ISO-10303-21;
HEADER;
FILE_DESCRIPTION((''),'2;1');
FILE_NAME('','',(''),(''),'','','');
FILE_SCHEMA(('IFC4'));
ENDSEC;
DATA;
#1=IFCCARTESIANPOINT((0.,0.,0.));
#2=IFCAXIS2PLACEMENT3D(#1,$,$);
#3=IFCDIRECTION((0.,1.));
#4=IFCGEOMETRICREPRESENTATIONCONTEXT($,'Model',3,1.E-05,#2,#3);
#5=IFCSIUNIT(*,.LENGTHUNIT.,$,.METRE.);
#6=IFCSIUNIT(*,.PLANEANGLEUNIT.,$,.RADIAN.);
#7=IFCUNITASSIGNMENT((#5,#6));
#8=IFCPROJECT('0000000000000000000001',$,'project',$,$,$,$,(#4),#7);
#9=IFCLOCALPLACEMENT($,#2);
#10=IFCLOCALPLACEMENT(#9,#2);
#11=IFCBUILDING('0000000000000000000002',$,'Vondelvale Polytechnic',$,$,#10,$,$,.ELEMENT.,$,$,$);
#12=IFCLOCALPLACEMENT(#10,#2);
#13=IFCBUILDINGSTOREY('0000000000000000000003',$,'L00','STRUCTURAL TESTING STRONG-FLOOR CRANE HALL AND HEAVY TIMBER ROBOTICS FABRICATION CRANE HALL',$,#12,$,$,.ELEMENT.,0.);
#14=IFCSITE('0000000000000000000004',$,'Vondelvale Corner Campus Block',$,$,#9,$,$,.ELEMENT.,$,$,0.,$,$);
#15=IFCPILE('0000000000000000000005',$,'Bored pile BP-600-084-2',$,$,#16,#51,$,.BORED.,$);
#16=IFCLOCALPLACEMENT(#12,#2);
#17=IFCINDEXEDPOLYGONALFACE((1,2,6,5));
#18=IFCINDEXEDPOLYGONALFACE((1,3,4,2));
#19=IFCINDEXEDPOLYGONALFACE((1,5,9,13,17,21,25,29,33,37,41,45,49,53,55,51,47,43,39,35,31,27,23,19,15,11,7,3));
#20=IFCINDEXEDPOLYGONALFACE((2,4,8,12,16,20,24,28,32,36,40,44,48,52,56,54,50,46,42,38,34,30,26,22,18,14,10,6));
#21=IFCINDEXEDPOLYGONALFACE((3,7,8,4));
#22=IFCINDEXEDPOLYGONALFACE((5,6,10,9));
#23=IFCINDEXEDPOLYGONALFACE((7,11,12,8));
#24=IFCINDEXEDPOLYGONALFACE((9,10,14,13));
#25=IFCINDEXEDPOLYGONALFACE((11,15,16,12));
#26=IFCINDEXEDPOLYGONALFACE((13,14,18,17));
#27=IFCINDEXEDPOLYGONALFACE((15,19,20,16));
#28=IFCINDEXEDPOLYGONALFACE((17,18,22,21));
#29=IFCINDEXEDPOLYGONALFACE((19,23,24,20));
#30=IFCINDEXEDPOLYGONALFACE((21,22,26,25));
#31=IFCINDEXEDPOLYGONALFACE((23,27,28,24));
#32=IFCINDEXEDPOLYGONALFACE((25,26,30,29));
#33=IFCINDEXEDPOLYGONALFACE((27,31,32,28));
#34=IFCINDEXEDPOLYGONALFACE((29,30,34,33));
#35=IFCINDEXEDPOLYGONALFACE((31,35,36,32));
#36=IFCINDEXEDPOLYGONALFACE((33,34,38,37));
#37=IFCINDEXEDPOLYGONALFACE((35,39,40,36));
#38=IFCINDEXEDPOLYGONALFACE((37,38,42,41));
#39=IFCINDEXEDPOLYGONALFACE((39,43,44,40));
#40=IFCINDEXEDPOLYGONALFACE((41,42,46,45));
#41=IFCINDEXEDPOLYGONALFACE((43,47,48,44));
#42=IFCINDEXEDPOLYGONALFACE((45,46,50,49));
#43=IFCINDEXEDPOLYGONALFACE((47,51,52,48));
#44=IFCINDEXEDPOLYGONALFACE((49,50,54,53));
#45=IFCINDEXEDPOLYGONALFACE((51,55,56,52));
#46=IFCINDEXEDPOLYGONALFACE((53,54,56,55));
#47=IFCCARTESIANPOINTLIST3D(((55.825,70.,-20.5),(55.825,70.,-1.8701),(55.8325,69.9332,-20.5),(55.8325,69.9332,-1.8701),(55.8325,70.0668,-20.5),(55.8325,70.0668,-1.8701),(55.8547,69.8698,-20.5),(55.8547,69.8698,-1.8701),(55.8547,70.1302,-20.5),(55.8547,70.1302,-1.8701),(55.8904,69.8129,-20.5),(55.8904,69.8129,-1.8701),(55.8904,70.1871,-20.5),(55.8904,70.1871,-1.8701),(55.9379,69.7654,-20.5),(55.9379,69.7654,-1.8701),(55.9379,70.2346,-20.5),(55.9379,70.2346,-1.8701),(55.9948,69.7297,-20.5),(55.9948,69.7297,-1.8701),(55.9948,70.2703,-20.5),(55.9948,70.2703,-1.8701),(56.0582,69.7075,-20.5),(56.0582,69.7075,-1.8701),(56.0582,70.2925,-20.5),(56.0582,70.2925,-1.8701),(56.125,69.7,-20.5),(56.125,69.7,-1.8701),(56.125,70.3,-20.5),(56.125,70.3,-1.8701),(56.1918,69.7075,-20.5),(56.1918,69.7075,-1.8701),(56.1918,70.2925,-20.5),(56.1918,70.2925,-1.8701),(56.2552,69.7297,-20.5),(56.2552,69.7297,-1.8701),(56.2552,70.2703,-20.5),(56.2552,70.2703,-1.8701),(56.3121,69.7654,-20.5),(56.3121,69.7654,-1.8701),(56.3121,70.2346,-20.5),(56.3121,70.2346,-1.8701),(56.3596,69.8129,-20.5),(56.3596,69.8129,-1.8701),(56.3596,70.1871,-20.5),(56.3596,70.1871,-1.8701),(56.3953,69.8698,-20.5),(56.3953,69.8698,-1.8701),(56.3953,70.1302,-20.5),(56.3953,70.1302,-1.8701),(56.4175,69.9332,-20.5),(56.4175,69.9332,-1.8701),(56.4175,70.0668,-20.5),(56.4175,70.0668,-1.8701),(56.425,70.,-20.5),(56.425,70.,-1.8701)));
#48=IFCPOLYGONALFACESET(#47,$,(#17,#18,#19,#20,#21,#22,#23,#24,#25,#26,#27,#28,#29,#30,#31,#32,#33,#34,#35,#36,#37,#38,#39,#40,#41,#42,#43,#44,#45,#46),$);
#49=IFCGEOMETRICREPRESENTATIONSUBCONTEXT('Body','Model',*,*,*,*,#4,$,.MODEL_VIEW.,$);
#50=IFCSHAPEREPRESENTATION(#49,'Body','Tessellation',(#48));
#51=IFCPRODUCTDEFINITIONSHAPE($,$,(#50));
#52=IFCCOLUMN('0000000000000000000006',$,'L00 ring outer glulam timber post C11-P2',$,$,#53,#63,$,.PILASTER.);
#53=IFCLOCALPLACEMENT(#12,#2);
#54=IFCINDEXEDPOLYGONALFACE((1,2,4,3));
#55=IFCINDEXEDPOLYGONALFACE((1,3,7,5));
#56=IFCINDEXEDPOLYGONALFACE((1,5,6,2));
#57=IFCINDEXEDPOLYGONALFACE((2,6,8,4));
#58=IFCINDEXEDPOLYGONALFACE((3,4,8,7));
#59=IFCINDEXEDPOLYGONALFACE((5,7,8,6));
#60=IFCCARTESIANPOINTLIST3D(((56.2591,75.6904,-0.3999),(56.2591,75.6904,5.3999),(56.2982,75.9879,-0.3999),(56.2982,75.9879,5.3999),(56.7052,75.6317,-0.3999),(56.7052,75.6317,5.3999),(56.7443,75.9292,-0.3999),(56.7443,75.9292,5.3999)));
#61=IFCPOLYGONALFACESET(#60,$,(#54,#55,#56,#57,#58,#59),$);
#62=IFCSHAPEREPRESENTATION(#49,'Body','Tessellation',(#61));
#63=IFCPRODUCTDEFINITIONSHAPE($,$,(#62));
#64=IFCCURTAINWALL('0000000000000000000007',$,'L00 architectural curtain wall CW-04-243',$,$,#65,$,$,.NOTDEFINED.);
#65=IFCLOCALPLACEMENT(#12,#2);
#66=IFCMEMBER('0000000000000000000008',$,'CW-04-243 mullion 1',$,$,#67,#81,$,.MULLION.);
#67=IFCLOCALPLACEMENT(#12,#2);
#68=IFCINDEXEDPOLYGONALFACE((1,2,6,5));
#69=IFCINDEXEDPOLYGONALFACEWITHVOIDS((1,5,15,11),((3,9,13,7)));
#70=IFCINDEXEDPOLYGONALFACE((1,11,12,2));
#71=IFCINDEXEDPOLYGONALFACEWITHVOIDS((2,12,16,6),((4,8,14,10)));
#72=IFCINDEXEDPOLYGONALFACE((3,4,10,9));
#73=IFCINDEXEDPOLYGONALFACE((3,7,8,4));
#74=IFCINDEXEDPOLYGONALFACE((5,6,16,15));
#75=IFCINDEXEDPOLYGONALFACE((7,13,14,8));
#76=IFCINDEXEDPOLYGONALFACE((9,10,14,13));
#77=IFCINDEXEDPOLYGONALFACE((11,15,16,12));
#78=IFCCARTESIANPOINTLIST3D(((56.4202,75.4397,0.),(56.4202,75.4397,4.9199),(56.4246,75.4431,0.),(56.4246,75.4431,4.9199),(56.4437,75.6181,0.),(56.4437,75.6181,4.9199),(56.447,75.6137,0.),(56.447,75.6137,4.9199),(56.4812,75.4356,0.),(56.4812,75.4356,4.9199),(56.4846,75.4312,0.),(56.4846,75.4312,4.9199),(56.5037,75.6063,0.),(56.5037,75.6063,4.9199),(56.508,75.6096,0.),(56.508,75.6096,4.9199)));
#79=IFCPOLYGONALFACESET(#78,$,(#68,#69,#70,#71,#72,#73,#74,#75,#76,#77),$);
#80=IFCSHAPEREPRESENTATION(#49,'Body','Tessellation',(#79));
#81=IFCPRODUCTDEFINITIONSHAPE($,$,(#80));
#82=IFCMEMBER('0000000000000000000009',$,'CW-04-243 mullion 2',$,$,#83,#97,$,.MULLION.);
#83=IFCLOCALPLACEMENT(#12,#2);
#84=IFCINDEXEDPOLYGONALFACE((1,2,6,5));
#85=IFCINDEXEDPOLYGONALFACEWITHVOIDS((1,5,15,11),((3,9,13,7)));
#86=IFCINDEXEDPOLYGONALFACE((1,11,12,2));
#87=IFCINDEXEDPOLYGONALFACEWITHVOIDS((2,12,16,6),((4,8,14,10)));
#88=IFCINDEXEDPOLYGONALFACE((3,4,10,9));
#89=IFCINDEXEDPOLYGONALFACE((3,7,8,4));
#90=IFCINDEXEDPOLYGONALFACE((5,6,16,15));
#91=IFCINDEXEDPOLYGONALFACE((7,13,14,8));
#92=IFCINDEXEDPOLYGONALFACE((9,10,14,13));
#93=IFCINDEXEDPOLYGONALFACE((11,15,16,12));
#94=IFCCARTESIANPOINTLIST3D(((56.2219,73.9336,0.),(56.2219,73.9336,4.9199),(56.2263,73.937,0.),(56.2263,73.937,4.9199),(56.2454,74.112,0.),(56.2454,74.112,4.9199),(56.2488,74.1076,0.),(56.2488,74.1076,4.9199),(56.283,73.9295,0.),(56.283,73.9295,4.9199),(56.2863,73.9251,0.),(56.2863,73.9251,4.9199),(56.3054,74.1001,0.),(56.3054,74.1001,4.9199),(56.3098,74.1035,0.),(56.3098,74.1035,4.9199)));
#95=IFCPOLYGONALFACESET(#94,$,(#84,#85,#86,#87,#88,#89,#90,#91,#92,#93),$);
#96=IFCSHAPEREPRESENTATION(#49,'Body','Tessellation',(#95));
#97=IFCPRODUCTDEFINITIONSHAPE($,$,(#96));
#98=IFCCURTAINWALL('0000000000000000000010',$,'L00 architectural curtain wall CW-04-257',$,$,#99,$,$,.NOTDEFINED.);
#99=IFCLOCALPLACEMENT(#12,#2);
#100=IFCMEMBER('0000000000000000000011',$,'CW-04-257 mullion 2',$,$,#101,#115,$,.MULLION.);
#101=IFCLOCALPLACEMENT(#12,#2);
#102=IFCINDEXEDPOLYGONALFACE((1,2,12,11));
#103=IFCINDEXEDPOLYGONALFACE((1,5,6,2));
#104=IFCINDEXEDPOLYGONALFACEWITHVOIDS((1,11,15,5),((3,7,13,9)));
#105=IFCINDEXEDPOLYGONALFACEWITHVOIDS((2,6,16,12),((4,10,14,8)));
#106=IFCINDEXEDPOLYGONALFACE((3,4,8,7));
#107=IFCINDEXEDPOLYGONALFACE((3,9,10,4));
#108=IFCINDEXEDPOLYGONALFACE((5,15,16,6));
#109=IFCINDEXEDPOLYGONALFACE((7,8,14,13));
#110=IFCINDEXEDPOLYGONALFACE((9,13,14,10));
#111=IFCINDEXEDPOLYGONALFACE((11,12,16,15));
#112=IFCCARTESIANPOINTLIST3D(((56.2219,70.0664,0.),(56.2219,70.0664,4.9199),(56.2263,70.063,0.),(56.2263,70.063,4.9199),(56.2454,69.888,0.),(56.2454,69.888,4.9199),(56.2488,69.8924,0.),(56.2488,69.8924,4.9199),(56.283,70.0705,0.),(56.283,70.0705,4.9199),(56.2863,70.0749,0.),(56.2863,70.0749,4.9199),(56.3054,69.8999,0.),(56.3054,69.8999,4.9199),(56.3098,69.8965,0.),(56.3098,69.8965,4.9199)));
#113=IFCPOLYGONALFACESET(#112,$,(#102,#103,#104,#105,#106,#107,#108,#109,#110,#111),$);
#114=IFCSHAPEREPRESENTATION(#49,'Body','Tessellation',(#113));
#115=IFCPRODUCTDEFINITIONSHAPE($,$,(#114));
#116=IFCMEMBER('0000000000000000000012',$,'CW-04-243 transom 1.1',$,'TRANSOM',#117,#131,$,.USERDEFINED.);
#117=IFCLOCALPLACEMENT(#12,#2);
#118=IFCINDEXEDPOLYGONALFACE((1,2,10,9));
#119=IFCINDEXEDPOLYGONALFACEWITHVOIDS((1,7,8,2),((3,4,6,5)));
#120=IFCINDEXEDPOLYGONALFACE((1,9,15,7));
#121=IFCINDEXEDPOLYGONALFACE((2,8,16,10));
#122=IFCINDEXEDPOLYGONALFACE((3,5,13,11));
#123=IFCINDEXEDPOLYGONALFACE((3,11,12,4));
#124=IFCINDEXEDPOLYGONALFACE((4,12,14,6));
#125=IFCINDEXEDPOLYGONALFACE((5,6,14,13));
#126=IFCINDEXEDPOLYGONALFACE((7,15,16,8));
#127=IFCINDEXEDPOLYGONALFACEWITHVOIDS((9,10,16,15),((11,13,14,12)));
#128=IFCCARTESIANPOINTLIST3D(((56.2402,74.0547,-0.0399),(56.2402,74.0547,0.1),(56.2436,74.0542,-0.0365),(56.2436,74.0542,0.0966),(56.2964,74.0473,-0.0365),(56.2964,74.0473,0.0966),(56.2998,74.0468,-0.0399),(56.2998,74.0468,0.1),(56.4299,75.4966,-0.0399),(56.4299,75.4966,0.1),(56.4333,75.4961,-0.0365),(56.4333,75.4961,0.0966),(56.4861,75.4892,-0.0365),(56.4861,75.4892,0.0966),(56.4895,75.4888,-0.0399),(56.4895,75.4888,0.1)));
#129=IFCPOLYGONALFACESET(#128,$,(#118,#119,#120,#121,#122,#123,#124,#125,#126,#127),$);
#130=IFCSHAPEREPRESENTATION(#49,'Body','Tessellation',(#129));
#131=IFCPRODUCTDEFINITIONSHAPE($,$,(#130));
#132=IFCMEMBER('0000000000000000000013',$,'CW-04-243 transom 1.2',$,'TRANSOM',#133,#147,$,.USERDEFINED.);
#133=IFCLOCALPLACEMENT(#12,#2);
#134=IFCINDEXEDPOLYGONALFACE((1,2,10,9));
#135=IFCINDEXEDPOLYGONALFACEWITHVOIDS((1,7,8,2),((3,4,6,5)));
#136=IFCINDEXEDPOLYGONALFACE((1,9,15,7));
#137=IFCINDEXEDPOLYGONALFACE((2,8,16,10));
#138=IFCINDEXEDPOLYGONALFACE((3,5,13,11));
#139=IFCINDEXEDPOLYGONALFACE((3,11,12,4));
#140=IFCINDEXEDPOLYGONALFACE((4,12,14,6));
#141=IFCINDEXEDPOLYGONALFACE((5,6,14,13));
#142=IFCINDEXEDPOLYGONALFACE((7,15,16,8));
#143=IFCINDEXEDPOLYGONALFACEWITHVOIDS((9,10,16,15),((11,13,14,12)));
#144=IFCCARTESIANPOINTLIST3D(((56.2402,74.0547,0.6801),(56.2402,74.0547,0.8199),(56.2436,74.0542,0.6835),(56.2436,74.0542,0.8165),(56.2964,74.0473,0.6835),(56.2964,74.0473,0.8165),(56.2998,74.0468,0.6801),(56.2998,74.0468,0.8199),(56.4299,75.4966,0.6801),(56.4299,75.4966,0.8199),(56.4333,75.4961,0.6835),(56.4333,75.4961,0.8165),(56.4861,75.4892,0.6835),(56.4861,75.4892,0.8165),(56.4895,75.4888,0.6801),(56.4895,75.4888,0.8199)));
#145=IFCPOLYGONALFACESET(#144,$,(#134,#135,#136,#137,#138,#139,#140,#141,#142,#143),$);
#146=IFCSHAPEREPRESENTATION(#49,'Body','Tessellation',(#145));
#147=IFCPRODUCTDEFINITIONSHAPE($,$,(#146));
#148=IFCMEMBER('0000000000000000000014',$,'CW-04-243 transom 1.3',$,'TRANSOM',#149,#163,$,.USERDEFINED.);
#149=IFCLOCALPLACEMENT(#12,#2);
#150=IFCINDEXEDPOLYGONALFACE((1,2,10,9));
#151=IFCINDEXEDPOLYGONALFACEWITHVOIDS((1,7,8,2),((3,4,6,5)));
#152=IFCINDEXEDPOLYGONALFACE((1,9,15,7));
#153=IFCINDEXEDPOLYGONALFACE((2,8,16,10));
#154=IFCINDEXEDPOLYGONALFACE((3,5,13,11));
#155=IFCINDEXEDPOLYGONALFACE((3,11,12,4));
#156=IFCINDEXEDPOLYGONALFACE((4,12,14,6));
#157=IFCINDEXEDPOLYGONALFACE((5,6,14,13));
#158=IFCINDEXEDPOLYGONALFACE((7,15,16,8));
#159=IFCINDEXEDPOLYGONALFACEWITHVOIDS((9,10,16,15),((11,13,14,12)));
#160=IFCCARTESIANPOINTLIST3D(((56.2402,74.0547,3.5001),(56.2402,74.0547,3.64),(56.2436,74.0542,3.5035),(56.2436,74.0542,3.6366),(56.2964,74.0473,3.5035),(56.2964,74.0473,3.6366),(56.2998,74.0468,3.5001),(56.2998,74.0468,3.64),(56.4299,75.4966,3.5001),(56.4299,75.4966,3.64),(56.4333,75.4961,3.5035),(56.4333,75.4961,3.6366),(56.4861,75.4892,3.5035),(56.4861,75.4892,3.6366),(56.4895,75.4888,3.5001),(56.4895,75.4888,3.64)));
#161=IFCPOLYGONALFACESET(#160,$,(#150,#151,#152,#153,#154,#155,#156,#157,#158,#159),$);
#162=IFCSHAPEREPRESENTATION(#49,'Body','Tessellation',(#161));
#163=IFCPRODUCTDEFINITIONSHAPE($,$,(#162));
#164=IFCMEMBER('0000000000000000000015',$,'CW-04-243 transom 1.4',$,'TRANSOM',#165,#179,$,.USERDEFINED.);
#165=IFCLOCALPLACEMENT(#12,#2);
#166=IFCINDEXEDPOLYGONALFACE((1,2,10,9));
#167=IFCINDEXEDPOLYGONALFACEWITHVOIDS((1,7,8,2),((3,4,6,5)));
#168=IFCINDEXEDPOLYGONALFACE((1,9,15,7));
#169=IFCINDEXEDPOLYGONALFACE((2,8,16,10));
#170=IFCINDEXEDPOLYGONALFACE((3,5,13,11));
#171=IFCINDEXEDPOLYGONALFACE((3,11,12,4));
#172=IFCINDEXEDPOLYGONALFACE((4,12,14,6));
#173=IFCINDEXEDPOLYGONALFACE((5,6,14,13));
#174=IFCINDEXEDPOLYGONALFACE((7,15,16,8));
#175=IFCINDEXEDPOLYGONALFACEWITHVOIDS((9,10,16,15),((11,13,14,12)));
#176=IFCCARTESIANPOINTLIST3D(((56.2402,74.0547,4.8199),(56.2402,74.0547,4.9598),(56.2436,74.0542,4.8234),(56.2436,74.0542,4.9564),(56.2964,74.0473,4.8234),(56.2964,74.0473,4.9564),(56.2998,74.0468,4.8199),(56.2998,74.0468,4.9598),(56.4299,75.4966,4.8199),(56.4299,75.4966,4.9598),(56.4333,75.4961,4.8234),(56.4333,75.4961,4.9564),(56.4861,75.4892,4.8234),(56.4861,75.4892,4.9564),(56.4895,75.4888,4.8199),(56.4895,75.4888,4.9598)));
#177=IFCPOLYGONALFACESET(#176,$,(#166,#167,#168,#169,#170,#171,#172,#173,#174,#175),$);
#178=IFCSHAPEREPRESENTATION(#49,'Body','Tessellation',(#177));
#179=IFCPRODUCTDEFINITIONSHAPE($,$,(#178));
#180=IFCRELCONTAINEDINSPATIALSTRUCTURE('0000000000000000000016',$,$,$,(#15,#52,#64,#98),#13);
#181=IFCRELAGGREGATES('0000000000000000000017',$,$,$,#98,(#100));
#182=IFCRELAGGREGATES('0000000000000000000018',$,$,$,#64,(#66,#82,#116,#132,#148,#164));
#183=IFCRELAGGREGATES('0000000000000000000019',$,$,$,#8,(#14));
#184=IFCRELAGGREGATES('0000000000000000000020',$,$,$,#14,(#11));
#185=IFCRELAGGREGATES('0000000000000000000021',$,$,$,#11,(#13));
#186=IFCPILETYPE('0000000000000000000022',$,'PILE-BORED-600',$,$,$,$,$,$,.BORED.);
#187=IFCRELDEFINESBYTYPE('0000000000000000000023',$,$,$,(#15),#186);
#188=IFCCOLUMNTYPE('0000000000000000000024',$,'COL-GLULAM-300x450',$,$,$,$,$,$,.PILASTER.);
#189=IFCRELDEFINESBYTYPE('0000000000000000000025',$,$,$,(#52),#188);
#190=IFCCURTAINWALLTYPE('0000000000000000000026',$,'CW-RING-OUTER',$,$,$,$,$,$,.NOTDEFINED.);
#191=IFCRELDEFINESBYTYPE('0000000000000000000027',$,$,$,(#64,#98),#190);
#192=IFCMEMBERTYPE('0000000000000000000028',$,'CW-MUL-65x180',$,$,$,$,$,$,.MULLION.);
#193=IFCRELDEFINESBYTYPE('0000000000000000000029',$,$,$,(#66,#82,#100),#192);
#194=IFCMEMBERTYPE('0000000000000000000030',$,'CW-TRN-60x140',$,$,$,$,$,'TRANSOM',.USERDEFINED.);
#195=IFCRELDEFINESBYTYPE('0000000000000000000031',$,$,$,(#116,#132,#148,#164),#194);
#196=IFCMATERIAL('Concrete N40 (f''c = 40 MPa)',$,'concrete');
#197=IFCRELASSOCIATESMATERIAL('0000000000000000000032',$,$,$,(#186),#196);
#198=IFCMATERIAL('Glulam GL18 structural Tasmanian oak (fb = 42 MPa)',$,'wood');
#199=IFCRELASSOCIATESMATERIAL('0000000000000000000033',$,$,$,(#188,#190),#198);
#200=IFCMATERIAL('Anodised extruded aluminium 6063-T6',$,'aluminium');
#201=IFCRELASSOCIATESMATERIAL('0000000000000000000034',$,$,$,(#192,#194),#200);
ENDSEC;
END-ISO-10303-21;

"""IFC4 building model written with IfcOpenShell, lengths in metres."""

from ifc_helpers import new_model, si_unit, direction, frame, origin, origin_2d, place, context, subcontext, project, spatial, rectangle, hollow_rectangle, circle, extrude, material, material_profile, profile_set, type_object, element, aggregate, save


model = new_model("IFC4")

# Units and contexts
model_context = context("Model", 3, precision=1e-05, world=origin(), true_north=direction((0.0, 1.0)))
body_context = subcontext(model_context, "Body", "Model", "MODEL_VIEW")
ifc_project = project(units=[si_unit("LENGTHUNIT", "METRE"), si_unit("PLANEANGLEUNIT", "RADIAN")], contexts=[model_context])

# Site, building, storey
site_placement = place(None, origin())
site = spatial("IfcSite", under=ifc_project, at=site_placement, Name="Vondelvale Corner Campus Block", CompositionType="ELEMENT", RefElevation=0.0)
building_placement = place(site_placement, origin())
building = spatial("IfcBuilding", under=site, at=building_placement, Name="Vondelvale Polytechnic", CompositionType="ELEMENT")
storey_placement = place(building_placement, origin())
storey = spatial("IfcBuildingStorey", under=building, at=storey_placement, Name="L00", Description="STRUCTURAL TESTING STRONG-FLOOR CRANE HALL AND HEAVY TIMBER ROBOTICS FABRICATION CRANE HALL", CompositionType="ELEMENT", Elevation=0.0)

# Pile
ifc_material_1 = material(Name="Concrete N40 (f'c = 40 MPa)", Category="concrete")
ifc_material_profile_1 = material_profile(ifc_material_1, circle(Radius=0.3, at=origin_2d()), Name="PILE-D600")
ifc_profile_set_1 = profile_set([ifc_material_profile_1], Name="Concrete N40 (f'c = 40 MPa)")
pile_type = type_object("IfcPileType", Name="PILE-BORED-600", PredefinedType="BORED", material=ifc_profile_set_1)
pile_placement = place(storey_placement, frame((56.125, 70.0, -1.8701), z_axis=(0.0, 0.0, -1.0), x_axis=(1.0, 0.0, 0.0)))
element("IfcPile", 1, at=pile_placement, inside=storey, type_object=pile_type, Name="Bored pile BP-600-084-2", PredefinedType="BORED", context=body_context, shape_type="SweptSolid", body=[
    extrude(circle(Radius=0.3, at=origin_2d()), origin(), (0.0, 0.0, 1.0), 18.6299),
])

# Column
ifc_material_2 = material(Name="Glulam GL18 structural Tasmanian oak (fb = 42 MPa)", Category="wood")
ifc_material_profile_2 = material_profile(ifc_material_2, rectangle(XDim=0.3, YDim=0.45, at=origin_2d()), Name="GL-POST-300x450")
ifc_profile_set_2 = profile_set([ifc_material_profile_2], Name="Glulam GL18 structural Tasmanian oak (fb = 42 MPa)")
column_type = type_object("IfcColumnType", Name="COL-GLULAM-300x450", PredefinedType="PILASTER", material=ifc_profile_set_2)
column_placement = place(storey_placement, frame((56.5017, 75.8098, -0.3999), z_axis=(0.0, 0.0, 1.0), x_axis=(0.130526, 0.991445, 0.0)))
element("IfcColumn", 2, at=column_placement, inside=storey, type_object=column_type, Name="L00 ring outer glulam timber post C11-P2", PredefinedType="PILASTER", context=body_context, shape_type="SweptSolid", body=[
    extrude(rectangle(XDim=0.3, YDim=0.45, at=origin_2d()), origin(), (0.0, 0.0, 1.0), 5.7998),
])

# Curtain wall, members
curtain_wall_type = type_object("IfcCurtainWallType", Name="CW-RING-OUTER", PredefinedType="NOTDEFINED", material=ifc_material_2)
curtain_wall_1_placement = place(storey_placement, origin())
curtain_wall_1 = element("IfcCurtainWall", 3, at=curtain_wall_1_placement, inside=storey, type_object=curtain_wall_type, Name="L00 architectural curtain wall CW-04-243", PredefinedType="NOTDEFINED")
ifc_material_3 = material(Name="Anodised extruded aluminium 6063-T6", Category="aluminium")
ifc_material_profile_3 = material_profile(ifc_material_3, hollow_rectangle(XDim=0.0649, YDim=0.1799, WallThickness=0.0039, at=origin_2d()), Name="CW-MUL-180x65")
ifc_profile_set_3 = profile_set([ifc_material_profile_3], Name="Anodised extruded aluminium 6063-T6")
member_type_1 = type_object("IfcMemberType", Name="CW-MUL-65x180", PredefinedType="MULLION", material=ifc_profile_set_3)
member_1_placement = place(storey_placement, frame((56.4641, 75.5247, 0.0), z_axis=(0.0, 0.0, 1.0), x_axis=(0.991445, -0.130524, 0.0)))
member_1 = element("IfcMember", 4, at=member_1_placement, type_object=member_type_1, Name="CW-04-243 mullion 1", PredefinedType="MULLION", context=body_context, shape_type="SweptSolid", body=[
    extrude(hollow_rectangle(XDim=0.0649, YDim=0.1799, WallThickness=0.0039, at=origin_2d()), origin(), (0.0, 0.0, 1.0), 4.9199),
])
member_2_placement = place(storey_placement, frame((56.2659, 74.0186, 0.0), z_axis=(0.0, 0.0, 1.0), x_axis=(0.991445, -0.130524, 0.0)))
member_2 = element("IfcMember", 5, at=member_2_placement, type_object=member_type_1, Name="CW-04-243 mullion 2", PredefinedType="MULLION", context=body_context, shape_type="SweptSolid", body=[
    extrude(hollow_rectangle(XDim=0.0649, YDim=0.1799, WallThickness=0.0039, at=origin_2d()), origin(), (0.0, 0.0, 1.0), 4.9199),
])

# Curtain wall, member
curtain_wall_2_placement = place(storey_placement, origin())
curtain_wall_2 = element("IfcCurtainWall", 6, at=curtain_wall_2_placement, inside=storey, type_object=curtain_wall_type, Name="L00 architectural curtain wall CW-04-257", PredefinedType="NOTDEFINED")
member_3_placement = place(storey_placement, frame((56.2659, 69.9814, 0.0), z_axis=(0.0, 0.0, 1.0), x_axis=(0.991445, 0.130524, 0.0)))
member_3 = element("IfcMember", 7, at=member_3_placement, type_object=member_type_1, Name="CW-04-257 mullion 2", PredefinedType="MULLION", context=body_context, shape_type="SweptSolid", body=[
    extrude(hollow_rectangle(XDim=0.0649, YDim=0.1799, WallThickness=0.0039, at=origin_2d()), origin(), (0.0, 0.0, 1.0), 4.9199),
])

# Members
ifc_material_profile_4 = material_profile(ifc_material_3, hollow_rectangle(XDim=0.0601, YDim=0.1399, WallThickness=0.0034, at=origin_2d()), Name="CW-TRN-140x60")
ifc_profile_set_4 = profile_set([ifc_material_profile_4], Name="Anodised extruded aluminium 6063-T6")
member_type_2 = type_object("IfcMemberType", Name="CW-TRN-60x140", ElementType="TRANSOM", PredefinedType="USERDEFINED", material=ifc_profile_set_4)
member_4_placement = place(storey_placement, frame((56.4597, 75.4927, 0.03), z_axis=(-0.130437, -0.991457, 0.0), x_axis=(0.991457, -0.130437, 0.0)))
member_4 = element("IfcMember", 8, at=member_4_placement, type_object=member_type_2, Name="CW-04-243 transom 1.1", ObjectType="TRANSOM", PredefinedType="USERDEFINED", context=body_context, shape_type="SweptSolid", body=[
    extrude(hollow_rectangle(XDim=0.0601, YDim=0.1399, WallThickness=0.0034, at=origin_2d()), origin(), (0.0, 0.0, 1.0), 1.4543),
])
member_5_placement = place(storey_placement, frame((56.4597, 75.4927, 0.75), z_axis=(-0.130437, -0.991457, 0.0), x_axis=(0.991457, -0.130437, 0.0)))
member_5 = element("IfcMember", 9, at=member_5_placement, type_object=member_type_2, Name="CW-04-243 transom 1.2", ObjectType="TRANSOM", PredefinedType="USERDEFINED", context=body_context, shape_type="SweptSolid", body=[
    extrude(hollow_rectangle(XDim=0.0601, YDim=0.1399, WallThickness=0.0034, at=origin_2d()), origin(), (0.0, 0.0, 1.0), 1.4543),
])
member_6_placement = place(storey_placement, frame((56.4597, 75.4927, 3.5701), z_axis=(-0.130437, -0.991457, 0.0), x_axis=(0.991457, -0.130437, 0.0)))
member_6 = element("IfcMember", 10, at=member_6_placement, type_object=member_type_2, Name="CW-04-243 transom 1.3", ObjectType="TRANSOM", PredefinedType="USERDEFINED", context=body_context, shape_type="SweptSolid", body=[
    extrude(hollow_rectangle(XDim=0.0601, YDim=0.1399, WallThickness=0.0034, at=origin_2d()), origin(), (0.0, 0.0, 1.0), 1.4543),
])
member_7_placement = place(storey_placement, frame((56.4597, 75.4927, 4.8899), z_axis=(-0.130437, -0.991457, 0.0), x_axis=(0.991457, -0.130437, 0.0)))
member_7 = element("IfcMember", 11, at=member_7_placement, type_object=member_type_2, Name="CW-04-243 transom 1.4", ObjectType="TRANSOM", PredefinedType="USERDEFINED", context=body_context, shape_type="SweptSolid", body=[
    extrude(hollow_rectangle(XDim=0.0601, YDim=0.1399, WallThickness=0.0034, at=origin_2d()), origin(), (0.0, 0.0, 1.0), 1.4543),
])

aggregate(curtain_wall_2, [member_3])
aggregate(curtain_wall_1, [member_1, member_2, member_4, member_5, member_6, member_7])

save(model, "model.ifc")
